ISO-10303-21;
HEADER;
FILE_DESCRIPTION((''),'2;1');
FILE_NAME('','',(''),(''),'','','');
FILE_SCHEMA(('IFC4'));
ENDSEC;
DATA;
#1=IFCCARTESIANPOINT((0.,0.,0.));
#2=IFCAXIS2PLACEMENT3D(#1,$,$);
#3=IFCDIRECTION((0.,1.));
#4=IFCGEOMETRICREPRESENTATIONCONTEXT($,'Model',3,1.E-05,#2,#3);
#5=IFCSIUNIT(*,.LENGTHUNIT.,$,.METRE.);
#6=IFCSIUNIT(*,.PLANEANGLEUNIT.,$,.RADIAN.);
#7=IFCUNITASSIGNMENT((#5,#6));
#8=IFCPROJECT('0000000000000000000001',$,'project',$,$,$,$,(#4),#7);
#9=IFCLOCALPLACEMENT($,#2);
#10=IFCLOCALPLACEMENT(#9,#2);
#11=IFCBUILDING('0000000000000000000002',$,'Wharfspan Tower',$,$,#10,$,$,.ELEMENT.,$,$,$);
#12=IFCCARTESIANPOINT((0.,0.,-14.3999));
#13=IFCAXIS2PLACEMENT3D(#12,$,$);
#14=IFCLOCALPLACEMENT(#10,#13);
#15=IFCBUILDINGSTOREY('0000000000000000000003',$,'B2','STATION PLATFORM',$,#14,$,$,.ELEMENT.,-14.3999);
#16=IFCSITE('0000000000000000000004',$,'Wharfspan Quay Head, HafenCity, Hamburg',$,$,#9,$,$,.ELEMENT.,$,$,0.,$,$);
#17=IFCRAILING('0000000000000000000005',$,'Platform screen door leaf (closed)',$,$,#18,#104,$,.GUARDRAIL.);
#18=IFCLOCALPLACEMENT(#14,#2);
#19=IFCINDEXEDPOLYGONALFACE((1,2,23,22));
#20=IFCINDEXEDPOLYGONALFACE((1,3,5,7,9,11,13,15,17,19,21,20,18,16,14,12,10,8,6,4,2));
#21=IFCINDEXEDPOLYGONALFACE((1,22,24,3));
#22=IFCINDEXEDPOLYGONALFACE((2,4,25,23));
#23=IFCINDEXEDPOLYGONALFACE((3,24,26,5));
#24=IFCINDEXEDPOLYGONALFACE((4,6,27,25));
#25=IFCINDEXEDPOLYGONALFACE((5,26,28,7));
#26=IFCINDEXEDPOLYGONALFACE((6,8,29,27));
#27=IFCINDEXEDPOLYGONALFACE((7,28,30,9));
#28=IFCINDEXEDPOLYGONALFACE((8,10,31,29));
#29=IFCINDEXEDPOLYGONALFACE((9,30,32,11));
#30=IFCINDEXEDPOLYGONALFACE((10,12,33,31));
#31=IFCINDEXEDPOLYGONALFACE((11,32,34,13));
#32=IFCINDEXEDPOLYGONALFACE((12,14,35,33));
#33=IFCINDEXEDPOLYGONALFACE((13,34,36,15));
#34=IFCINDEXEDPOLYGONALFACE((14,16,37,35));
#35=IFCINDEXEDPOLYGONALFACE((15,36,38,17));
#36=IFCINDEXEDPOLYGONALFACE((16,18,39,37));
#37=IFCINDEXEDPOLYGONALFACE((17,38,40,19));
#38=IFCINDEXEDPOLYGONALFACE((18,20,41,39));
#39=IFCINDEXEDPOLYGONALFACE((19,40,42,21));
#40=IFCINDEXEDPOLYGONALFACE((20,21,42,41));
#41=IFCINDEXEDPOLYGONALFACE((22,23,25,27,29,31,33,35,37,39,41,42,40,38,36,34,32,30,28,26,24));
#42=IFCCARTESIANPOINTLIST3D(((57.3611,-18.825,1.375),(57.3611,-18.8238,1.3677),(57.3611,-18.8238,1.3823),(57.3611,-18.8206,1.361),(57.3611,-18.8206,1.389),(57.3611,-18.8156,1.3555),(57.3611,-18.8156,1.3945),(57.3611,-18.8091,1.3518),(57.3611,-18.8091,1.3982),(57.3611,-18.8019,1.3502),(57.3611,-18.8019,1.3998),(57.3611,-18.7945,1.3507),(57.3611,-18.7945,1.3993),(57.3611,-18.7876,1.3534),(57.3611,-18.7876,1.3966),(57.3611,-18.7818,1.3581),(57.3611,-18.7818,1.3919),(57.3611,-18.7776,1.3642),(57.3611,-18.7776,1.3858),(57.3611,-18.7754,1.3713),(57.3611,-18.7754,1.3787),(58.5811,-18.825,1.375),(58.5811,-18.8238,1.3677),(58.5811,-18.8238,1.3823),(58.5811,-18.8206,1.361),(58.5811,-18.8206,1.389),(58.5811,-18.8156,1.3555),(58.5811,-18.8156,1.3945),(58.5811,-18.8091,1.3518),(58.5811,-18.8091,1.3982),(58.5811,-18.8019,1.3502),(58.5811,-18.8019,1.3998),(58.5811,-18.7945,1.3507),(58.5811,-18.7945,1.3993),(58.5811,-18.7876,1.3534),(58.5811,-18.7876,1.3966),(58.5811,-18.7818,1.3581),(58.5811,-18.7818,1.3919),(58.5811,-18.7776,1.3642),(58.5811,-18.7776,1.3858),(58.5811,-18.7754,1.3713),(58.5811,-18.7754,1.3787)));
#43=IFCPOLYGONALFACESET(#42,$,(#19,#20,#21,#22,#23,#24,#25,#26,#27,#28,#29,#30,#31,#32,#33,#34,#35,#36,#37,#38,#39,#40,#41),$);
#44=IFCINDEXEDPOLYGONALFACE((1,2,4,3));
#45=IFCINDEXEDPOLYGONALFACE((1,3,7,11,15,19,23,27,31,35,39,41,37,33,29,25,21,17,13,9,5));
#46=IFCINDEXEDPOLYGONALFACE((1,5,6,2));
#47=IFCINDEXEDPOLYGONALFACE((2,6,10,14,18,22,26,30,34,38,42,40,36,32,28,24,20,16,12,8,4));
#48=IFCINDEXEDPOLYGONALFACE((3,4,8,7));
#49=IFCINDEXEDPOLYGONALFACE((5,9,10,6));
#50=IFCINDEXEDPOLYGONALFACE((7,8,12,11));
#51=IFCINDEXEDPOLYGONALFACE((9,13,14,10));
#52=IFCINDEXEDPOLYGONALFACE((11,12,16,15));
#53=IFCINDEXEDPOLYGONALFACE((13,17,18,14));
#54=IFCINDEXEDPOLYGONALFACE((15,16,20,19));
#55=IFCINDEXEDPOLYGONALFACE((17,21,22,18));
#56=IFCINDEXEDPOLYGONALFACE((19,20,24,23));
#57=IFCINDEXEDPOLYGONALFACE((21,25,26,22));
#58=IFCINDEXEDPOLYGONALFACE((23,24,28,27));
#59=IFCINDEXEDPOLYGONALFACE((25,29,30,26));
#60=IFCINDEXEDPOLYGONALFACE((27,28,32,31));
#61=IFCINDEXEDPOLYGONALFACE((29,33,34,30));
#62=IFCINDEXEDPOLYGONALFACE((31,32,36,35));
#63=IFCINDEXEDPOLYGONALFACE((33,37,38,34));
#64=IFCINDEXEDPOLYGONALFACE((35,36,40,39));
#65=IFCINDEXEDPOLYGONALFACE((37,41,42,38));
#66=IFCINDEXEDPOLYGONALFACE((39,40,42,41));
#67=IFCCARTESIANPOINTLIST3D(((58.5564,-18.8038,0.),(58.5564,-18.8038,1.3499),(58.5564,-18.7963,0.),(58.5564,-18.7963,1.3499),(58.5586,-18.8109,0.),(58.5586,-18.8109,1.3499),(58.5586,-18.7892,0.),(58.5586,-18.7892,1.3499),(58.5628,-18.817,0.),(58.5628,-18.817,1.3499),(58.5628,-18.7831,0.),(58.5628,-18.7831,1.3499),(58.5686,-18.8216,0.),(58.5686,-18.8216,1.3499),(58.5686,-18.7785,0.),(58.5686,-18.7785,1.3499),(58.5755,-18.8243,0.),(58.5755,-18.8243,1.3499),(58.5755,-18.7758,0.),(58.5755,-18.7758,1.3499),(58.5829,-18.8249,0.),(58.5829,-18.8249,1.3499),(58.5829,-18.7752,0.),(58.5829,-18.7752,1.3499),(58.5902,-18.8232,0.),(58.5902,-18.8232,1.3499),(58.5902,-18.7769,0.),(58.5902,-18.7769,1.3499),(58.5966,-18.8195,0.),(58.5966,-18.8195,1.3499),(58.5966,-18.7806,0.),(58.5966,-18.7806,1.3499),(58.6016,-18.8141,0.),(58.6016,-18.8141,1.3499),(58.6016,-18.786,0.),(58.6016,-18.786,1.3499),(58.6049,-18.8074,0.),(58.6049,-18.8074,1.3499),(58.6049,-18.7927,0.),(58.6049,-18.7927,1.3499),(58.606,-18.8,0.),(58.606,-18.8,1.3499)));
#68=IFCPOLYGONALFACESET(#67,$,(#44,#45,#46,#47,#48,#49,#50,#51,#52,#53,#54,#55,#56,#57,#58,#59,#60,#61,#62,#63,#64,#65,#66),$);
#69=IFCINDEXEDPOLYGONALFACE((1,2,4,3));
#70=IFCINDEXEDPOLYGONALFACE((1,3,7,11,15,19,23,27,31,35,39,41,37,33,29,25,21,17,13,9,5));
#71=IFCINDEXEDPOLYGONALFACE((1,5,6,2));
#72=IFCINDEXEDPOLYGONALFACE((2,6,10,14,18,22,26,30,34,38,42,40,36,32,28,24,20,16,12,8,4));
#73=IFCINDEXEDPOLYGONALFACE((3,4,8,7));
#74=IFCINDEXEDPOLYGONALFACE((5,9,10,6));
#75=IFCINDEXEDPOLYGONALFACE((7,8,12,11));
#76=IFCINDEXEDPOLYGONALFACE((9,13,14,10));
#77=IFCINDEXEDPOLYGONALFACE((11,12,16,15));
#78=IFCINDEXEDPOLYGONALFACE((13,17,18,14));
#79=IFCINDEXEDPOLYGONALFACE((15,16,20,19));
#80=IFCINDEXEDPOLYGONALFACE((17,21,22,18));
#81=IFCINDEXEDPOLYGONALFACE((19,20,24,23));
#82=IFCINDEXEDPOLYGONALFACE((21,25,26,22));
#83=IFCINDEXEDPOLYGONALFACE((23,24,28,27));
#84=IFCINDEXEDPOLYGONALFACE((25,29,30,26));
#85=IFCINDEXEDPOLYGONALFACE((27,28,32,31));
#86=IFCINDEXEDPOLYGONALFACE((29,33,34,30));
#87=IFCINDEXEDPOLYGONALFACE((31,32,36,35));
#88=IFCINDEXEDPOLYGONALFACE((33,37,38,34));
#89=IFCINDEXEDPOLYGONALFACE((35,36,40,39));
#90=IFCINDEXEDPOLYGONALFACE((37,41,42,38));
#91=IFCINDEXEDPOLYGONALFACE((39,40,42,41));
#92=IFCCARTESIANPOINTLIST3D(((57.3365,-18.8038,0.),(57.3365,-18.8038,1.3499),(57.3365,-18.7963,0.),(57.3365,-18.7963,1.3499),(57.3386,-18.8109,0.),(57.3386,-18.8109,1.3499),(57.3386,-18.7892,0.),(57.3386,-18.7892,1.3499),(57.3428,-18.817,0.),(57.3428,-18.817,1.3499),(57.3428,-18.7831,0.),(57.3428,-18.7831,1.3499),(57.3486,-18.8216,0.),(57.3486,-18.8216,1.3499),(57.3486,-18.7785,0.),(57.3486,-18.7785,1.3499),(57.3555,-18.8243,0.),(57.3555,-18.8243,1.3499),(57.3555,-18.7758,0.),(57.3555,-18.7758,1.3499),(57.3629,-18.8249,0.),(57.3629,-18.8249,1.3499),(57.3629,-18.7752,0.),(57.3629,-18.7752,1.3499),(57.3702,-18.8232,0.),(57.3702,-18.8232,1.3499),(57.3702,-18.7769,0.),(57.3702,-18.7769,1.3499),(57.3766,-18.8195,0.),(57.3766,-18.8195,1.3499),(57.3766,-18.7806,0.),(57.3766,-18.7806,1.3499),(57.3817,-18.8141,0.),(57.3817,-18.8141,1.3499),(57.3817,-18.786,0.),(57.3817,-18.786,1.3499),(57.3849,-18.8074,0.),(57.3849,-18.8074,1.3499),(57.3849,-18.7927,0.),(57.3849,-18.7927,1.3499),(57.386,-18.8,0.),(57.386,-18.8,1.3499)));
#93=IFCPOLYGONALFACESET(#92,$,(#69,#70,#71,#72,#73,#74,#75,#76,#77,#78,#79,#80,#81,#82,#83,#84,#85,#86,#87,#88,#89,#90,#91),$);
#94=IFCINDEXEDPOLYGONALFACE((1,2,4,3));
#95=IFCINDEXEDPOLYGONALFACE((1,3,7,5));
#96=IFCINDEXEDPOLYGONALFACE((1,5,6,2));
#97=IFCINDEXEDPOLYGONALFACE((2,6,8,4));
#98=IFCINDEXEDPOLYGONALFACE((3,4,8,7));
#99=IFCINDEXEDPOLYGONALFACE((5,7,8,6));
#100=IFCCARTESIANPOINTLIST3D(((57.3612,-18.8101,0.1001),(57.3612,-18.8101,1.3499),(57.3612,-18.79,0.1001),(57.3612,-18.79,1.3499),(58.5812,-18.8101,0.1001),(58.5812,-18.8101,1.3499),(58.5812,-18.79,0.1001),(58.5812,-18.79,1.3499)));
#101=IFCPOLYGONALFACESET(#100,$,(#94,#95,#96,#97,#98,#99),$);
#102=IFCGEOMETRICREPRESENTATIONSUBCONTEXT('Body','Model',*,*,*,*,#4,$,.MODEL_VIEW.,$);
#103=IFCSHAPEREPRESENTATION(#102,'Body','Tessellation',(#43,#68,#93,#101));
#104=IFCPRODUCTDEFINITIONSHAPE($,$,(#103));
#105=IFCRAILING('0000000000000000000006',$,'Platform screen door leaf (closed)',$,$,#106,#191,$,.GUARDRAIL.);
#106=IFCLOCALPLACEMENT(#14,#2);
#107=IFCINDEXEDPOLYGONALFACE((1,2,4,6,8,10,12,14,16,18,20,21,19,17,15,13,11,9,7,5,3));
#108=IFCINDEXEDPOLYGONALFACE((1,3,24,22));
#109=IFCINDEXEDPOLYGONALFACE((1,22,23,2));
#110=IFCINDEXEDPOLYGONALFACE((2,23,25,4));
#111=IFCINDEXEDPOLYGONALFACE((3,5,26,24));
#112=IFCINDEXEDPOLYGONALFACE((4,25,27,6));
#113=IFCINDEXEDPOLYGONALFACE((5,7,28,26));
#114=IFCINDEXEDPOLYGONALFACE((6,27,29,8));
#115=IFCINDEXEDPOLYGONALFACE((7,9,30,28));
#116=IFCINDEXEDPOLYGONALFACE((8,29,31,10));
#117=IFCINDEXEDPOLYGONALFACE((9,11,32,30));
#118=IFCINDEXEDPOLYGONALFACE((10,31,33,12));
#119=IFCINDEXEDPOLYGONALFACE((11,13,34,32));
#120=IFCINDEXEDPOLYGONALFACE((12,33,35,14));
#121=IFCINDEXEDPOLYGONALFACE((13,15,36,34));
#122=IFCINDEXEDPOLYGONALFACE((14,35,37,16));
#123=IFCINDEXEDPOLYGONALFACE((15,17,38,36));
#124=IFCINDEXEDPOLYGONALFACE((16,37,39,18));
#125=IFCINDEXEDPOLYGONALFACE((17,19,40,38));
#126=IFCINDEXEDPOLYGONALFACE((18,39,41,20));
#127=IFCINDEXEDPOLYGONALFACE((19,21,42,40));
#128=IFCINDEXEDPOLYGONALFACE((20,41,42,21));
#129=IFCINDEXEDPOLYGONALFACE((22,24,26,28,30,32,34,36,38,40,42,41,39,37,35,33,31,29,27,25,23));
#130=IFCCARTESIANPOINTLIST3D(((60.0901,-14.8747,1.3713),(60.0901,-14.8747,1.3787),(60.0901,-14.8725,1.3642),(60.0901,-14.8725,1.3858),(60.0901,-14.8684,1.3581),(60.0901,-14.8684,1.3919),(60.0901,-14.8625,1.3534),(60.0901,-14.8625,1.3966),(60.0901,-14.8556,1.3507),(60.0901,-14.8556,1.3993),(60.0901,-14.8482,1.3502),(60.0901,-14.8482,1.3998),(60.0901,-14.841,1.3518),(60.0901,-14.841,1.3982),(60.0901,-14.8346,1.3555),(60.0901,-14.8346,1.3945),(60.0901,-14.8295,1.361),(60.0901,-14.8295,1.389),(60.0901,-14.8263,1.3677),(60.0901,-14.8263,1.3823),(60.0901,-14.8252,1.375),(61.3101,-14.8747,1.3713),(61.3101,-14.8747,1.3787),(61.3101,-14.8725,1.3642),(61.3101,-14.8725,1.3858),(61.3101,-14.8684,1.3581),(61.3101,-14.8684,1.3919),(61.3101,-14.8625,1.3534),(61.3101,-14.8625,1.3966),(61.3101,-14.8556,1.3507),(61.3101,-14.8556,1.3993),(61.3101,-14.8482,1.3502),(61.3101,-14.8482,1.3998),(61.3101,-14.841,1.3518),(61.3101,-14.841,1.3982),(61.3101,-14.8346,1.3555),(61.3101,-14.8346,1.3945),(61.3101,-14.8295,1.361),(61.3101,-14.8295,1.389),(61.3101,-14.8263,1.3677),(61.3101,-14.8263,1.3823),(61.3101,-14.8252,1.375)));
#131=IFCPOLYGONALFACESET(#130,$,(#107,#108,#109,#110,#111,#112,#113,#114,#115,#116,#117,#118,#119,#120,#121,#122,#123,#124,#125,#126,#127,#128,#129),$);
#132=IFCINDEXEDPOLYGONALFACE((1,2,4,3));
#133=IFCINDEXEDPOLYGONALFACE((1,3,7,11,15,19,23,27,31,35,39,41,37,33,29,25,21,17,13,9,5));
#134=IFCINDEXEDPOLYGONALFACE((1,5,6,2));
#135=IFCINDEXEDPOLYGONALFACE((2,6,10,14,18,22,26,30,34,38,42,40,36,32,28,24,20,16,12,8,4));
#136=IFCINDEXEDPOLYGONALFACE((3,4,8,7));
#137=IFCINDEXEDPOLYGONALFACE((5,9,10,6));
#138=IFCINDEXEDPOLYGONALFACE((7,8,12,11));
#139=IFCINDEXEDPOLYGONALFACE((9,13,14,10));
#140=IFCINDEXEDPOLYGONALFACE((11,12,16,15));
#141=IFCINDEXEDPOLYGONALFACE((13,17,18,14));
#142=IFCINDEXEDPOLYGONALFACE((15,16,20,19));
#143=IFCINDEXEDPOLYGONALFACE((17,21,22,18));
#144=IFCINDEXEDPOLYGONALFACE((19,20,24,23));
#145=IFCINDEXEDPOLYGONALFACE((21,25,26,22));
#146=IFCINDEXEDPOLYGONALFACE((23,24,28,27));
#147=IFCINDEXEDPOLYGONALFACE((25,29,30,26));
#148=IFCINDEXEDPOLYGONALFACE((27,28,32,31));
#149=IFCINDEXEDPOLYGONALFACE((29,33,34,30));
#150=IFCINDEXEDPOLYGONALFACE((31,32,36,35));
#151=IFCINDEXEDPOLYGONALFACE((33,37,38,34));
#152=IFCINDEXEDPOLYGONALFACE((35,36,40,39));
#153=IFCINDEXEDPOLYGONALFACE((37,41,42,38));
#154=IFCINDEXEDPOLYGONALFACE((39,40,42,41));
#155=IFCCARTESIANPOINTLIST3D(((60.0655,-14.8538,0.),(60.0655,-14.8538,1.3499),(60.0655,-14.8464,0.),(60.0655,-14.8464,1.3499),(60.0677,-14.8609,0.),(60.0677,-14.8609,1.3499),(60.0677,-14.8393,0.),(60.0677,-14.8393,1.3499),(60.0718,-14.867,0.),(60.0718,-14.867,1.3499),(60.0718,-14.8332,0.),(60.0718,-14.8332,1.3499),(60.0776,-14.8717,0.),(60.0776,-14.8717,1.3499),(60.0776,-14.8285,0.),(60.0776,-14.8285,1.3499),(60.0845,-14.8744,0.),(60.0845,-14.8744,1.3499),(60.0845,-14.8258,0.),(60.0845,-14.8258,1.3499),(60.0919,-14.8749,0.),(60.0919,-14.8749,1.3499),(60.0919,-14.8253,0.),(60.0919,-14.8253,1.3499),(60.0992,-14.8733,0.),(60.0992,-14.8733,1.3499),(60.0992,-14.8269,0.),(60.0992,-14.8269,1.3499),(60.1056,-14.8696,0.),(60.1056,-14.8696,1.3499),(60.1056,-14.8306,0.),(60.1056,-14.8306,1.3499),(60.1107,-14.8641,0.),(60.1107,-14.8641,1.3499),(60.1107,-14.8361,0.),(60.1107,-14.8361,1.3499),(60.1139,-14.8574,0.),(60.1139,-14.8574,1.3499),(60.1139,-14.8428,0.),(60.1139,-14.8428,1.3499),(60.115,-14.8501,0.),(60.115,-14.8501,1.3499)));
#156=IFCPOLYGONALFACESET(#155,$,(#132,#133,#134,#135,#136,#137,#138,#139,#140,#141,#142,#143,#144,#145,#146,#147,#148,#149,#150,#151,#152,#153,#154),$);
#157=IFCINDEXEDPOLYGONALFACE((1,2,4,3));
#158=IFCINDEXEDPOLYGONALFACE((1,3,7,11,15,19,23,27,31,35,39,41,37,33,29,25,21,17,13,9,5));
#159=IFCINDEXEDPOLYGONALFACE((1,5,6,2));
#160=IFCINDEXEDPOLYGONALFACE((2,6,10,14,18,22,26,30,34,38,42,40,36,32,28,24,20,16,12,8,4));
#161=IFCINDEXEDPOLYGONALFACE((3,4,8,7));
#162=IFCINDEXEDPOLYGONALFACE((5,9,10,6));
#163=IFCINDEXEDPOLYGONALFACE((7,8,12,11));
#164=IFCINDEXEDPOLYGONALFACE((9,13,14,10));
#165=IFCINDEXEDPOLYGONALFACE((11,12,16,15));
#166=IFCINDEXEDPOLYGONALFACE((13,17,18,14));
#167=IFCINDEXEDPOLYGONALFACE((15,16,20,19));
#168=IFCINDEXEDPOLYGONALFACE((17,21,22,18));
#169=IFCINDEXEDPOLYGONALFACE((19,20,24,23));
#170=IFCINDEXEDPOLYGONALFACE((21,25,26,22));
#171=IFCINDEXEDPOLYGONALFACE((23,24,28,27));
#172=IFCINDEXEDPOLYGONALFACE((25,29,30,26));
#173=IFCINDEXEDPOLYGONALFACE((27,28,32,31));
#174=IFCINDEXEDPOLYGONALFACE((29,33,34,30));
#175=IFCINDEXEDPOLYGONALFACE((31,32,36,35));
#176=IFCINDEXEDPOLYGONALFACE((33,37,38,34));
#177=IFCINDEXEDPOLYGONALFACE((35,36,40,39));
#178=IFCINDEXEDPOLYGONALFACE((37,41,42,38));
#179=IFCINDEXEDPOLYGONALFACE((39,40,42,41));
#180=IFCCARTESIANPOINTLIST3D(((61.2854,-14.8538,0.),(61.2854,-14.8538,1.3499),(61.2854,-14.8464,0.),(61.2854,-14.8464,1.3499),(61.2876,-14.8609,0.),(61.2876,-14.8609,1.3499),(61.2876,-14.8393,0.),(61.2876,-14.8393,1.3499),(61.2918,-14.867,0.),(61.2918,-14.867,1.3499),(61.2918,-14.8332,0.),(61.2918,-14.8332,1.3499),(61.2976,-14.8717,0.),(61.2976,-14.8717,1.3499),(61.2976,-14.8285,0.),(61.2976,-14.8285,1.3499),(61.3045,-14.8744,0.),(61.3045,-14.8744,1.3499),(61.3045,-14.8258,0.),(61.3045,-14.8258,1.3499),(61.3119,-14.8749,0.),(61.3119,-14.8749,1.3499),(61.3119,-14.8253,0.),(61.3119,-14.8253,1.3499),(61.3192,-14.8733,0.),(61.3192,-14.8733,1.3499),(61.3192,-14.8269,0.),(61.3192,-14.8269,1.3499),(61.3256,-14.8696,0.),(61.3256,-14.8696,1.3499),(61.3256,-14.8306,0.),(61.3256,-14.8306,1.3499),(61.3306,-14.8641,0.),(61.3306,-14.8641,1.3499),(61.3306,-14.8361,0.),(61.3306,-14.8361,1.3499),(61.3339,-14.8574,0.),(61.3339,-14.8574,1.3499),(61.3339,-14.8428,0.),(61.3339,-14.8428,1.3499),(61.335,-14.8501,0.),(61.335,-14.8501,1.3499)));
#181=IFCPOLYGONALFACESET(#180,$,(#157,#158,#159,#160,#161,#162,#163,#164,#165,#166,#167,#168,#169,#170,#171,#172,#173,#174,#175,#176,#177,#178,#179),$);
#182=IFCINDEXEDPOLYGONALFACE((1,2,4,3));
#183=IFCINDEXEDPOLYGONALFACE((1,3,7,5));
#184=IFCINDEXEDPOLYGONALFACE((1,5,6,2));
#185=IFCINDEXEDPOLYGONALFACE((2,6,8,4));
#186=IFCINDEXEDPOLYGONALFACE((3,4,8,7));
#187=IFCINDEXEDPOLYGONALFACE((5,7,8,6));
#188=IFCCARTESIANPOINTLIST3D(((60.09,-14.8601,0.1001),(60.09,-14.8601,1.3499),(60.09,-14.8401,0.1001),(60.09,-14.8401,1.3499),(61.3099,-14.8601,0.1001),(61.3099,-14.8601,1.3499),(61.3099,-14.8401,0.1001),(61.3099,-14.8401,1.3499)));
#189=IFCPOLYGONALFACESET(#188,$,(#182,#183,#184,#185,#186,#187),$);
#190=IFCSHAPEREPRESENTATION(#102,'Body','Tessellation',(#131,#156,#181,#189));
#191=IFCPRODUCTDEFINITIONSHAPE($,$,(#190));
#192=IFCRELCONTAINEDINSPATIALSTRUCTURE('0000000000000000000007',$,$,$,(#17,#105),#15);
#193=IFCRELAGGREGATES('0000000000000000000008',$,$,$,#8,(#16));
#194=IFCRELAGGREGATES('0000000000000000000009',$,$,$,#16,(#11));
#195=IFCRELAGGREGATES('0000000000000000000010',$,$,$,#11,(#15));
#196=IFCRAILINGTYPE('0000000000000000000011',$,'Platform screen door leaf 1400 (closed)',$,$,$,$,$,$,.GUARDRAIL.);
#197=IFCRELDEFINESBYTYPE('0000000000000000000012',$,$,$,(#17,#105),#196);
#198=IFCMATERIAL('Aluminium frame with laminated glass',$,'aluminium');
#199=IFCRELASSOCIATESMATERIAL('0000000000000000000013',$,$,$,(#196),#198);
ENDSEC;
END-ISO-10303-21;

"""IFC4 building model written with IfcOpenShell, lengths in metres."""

from ifc_helpers import new_model, si_unit, direction, frame, origin, origin_2d, place, context, subcontext, project, spatial, rectangle, circle, extrude, material, type_object, element, save


model = new_model("IFC4")

# Units and contexts
model_context = context("Model", 3, precision=1e-05, world=origin(), true_north=direction((0.0, 1.0)))
body_context = subcontext(model_context, "Body", "Model", "MODEL_VIEW")
ifc_project = project(units=[si_unit("LENGTHUNIT", "METRE"), si_unit("PLANEANGLEUNIT", "RADIAN")], contexts=[model_context])

# Site, building, storey
site_placement = place(None, origin())
site = spatial("IfcSite", under=ifc_project, at=site_placement, Name="Wharfspan Quay Head, HafenCity, Hamburg", CompositionType="ELEMENT", RefElevation=0.0)
building_placement = place(site_placement, origin())
building = spatial("IfcBuilding", under=site, at=building_placement, Name="Wharfspan Tower", CompositionType="ELEMENT")
storey_placement = place(building_placement, frame((0.0, 0.0, -14.3999)))
storey = spatial("IfcBuildingStorey", under=building, at=storey_placement, Name="B2", Description="STATION PLATFORM", CompositionType="ELEMENT", Elevation=-14.3999)

# Railings
ifc_material_1 = material(Name="Aluminium frame with laminated glass", Category="aluminium")
railing_type_1 = type_object("IfcRailingType", Name="Platform screen door leaf 1400 (closed)", PredefinedType="GUARDRAIL", material=ifc_material_1)
railing_1_placement = place(storey_placement, frame((58.5811, -18.8, 0.0)))
element("IfcRailing", 1, at=railing_1_placement, inside=storey, type_object=railing_type_1, Name="Platform screen door leaf (closed)", PredefinedType="GUARDRAIL", context=body_context, shape_type="SweptSolid", body=[
    extrude(circle(Radius=0.0249, at=origin_2d()), frame((0.0, 0.0, 1.375), z_axis=(-1.0, 0.0, 0.0), x_axis=(0.0, -1.0, 0.0)), (0.0, 0.0, 1.0), 1.22),
    extrude(circle(Radius=0.0249, at=origin_2d()), origin(), (0.0, 0.0, 1.0), 1.3499),
    extrude(circle(Radius=0.0249, at=origin_2d()), frame((-1.22, 0.0, 0.0)), (0.0, 0.0, 1.0), 1.3499),
    extrude(rectangle(XDim=1.22, YDim=0.02, at=origin_2d()), frame((-0.6099, 0.0, 0.1001), z_axis=(0.0, 0.0, 1.0), x_axis=(-1.0, 0.0, 0.0)), (0.0, 0.0, 1.0), 1.2498),
])
for number, where, name in (
    (2, (60.0901, -14.8501, 0.0), "Platform screen door leaf (closed)"),
):
    element("IfcRailing", number, at=place(storey_placement, frame(where)), inside=storey, type_object=railing_type_1, Name=name, PredefinedType="GUARDRAIL", context=body_context, shape_type="SweptSolid", body=[
        extrude(circle(Radius=0.0249, at=origin_2d()), frame((0.0, 0.0, 1.375), z_axis=(1.0, 0.0, 0.0), x_axis=(0.0, 1.0, 0.0)), (0.0, 0.0, 1.0), 1.22),
        extrude(circle(Radius=0.0249, at=origin_2d()), origin(), (0.0, 0.0, 1.0), 1.3499),
        extrude(circle(Radius=0.0249, at=origin_2d()), frame((1.22, 0.0, 0.0)), (0.0, 0.0, 1.0), 1.3499),
        extrude(rectangle(XDim=1.22, YDim=0.02, at=origin_2d()), frame((0.6099, 0.0, 0.1001), z_axis=(0.0, 0.0, 1.0), x_axis=(1.0, 0.0, 0.0)), (0.0, 0.0, 1.0), 1.2498),
    ])

save(model, "model.ifc")
